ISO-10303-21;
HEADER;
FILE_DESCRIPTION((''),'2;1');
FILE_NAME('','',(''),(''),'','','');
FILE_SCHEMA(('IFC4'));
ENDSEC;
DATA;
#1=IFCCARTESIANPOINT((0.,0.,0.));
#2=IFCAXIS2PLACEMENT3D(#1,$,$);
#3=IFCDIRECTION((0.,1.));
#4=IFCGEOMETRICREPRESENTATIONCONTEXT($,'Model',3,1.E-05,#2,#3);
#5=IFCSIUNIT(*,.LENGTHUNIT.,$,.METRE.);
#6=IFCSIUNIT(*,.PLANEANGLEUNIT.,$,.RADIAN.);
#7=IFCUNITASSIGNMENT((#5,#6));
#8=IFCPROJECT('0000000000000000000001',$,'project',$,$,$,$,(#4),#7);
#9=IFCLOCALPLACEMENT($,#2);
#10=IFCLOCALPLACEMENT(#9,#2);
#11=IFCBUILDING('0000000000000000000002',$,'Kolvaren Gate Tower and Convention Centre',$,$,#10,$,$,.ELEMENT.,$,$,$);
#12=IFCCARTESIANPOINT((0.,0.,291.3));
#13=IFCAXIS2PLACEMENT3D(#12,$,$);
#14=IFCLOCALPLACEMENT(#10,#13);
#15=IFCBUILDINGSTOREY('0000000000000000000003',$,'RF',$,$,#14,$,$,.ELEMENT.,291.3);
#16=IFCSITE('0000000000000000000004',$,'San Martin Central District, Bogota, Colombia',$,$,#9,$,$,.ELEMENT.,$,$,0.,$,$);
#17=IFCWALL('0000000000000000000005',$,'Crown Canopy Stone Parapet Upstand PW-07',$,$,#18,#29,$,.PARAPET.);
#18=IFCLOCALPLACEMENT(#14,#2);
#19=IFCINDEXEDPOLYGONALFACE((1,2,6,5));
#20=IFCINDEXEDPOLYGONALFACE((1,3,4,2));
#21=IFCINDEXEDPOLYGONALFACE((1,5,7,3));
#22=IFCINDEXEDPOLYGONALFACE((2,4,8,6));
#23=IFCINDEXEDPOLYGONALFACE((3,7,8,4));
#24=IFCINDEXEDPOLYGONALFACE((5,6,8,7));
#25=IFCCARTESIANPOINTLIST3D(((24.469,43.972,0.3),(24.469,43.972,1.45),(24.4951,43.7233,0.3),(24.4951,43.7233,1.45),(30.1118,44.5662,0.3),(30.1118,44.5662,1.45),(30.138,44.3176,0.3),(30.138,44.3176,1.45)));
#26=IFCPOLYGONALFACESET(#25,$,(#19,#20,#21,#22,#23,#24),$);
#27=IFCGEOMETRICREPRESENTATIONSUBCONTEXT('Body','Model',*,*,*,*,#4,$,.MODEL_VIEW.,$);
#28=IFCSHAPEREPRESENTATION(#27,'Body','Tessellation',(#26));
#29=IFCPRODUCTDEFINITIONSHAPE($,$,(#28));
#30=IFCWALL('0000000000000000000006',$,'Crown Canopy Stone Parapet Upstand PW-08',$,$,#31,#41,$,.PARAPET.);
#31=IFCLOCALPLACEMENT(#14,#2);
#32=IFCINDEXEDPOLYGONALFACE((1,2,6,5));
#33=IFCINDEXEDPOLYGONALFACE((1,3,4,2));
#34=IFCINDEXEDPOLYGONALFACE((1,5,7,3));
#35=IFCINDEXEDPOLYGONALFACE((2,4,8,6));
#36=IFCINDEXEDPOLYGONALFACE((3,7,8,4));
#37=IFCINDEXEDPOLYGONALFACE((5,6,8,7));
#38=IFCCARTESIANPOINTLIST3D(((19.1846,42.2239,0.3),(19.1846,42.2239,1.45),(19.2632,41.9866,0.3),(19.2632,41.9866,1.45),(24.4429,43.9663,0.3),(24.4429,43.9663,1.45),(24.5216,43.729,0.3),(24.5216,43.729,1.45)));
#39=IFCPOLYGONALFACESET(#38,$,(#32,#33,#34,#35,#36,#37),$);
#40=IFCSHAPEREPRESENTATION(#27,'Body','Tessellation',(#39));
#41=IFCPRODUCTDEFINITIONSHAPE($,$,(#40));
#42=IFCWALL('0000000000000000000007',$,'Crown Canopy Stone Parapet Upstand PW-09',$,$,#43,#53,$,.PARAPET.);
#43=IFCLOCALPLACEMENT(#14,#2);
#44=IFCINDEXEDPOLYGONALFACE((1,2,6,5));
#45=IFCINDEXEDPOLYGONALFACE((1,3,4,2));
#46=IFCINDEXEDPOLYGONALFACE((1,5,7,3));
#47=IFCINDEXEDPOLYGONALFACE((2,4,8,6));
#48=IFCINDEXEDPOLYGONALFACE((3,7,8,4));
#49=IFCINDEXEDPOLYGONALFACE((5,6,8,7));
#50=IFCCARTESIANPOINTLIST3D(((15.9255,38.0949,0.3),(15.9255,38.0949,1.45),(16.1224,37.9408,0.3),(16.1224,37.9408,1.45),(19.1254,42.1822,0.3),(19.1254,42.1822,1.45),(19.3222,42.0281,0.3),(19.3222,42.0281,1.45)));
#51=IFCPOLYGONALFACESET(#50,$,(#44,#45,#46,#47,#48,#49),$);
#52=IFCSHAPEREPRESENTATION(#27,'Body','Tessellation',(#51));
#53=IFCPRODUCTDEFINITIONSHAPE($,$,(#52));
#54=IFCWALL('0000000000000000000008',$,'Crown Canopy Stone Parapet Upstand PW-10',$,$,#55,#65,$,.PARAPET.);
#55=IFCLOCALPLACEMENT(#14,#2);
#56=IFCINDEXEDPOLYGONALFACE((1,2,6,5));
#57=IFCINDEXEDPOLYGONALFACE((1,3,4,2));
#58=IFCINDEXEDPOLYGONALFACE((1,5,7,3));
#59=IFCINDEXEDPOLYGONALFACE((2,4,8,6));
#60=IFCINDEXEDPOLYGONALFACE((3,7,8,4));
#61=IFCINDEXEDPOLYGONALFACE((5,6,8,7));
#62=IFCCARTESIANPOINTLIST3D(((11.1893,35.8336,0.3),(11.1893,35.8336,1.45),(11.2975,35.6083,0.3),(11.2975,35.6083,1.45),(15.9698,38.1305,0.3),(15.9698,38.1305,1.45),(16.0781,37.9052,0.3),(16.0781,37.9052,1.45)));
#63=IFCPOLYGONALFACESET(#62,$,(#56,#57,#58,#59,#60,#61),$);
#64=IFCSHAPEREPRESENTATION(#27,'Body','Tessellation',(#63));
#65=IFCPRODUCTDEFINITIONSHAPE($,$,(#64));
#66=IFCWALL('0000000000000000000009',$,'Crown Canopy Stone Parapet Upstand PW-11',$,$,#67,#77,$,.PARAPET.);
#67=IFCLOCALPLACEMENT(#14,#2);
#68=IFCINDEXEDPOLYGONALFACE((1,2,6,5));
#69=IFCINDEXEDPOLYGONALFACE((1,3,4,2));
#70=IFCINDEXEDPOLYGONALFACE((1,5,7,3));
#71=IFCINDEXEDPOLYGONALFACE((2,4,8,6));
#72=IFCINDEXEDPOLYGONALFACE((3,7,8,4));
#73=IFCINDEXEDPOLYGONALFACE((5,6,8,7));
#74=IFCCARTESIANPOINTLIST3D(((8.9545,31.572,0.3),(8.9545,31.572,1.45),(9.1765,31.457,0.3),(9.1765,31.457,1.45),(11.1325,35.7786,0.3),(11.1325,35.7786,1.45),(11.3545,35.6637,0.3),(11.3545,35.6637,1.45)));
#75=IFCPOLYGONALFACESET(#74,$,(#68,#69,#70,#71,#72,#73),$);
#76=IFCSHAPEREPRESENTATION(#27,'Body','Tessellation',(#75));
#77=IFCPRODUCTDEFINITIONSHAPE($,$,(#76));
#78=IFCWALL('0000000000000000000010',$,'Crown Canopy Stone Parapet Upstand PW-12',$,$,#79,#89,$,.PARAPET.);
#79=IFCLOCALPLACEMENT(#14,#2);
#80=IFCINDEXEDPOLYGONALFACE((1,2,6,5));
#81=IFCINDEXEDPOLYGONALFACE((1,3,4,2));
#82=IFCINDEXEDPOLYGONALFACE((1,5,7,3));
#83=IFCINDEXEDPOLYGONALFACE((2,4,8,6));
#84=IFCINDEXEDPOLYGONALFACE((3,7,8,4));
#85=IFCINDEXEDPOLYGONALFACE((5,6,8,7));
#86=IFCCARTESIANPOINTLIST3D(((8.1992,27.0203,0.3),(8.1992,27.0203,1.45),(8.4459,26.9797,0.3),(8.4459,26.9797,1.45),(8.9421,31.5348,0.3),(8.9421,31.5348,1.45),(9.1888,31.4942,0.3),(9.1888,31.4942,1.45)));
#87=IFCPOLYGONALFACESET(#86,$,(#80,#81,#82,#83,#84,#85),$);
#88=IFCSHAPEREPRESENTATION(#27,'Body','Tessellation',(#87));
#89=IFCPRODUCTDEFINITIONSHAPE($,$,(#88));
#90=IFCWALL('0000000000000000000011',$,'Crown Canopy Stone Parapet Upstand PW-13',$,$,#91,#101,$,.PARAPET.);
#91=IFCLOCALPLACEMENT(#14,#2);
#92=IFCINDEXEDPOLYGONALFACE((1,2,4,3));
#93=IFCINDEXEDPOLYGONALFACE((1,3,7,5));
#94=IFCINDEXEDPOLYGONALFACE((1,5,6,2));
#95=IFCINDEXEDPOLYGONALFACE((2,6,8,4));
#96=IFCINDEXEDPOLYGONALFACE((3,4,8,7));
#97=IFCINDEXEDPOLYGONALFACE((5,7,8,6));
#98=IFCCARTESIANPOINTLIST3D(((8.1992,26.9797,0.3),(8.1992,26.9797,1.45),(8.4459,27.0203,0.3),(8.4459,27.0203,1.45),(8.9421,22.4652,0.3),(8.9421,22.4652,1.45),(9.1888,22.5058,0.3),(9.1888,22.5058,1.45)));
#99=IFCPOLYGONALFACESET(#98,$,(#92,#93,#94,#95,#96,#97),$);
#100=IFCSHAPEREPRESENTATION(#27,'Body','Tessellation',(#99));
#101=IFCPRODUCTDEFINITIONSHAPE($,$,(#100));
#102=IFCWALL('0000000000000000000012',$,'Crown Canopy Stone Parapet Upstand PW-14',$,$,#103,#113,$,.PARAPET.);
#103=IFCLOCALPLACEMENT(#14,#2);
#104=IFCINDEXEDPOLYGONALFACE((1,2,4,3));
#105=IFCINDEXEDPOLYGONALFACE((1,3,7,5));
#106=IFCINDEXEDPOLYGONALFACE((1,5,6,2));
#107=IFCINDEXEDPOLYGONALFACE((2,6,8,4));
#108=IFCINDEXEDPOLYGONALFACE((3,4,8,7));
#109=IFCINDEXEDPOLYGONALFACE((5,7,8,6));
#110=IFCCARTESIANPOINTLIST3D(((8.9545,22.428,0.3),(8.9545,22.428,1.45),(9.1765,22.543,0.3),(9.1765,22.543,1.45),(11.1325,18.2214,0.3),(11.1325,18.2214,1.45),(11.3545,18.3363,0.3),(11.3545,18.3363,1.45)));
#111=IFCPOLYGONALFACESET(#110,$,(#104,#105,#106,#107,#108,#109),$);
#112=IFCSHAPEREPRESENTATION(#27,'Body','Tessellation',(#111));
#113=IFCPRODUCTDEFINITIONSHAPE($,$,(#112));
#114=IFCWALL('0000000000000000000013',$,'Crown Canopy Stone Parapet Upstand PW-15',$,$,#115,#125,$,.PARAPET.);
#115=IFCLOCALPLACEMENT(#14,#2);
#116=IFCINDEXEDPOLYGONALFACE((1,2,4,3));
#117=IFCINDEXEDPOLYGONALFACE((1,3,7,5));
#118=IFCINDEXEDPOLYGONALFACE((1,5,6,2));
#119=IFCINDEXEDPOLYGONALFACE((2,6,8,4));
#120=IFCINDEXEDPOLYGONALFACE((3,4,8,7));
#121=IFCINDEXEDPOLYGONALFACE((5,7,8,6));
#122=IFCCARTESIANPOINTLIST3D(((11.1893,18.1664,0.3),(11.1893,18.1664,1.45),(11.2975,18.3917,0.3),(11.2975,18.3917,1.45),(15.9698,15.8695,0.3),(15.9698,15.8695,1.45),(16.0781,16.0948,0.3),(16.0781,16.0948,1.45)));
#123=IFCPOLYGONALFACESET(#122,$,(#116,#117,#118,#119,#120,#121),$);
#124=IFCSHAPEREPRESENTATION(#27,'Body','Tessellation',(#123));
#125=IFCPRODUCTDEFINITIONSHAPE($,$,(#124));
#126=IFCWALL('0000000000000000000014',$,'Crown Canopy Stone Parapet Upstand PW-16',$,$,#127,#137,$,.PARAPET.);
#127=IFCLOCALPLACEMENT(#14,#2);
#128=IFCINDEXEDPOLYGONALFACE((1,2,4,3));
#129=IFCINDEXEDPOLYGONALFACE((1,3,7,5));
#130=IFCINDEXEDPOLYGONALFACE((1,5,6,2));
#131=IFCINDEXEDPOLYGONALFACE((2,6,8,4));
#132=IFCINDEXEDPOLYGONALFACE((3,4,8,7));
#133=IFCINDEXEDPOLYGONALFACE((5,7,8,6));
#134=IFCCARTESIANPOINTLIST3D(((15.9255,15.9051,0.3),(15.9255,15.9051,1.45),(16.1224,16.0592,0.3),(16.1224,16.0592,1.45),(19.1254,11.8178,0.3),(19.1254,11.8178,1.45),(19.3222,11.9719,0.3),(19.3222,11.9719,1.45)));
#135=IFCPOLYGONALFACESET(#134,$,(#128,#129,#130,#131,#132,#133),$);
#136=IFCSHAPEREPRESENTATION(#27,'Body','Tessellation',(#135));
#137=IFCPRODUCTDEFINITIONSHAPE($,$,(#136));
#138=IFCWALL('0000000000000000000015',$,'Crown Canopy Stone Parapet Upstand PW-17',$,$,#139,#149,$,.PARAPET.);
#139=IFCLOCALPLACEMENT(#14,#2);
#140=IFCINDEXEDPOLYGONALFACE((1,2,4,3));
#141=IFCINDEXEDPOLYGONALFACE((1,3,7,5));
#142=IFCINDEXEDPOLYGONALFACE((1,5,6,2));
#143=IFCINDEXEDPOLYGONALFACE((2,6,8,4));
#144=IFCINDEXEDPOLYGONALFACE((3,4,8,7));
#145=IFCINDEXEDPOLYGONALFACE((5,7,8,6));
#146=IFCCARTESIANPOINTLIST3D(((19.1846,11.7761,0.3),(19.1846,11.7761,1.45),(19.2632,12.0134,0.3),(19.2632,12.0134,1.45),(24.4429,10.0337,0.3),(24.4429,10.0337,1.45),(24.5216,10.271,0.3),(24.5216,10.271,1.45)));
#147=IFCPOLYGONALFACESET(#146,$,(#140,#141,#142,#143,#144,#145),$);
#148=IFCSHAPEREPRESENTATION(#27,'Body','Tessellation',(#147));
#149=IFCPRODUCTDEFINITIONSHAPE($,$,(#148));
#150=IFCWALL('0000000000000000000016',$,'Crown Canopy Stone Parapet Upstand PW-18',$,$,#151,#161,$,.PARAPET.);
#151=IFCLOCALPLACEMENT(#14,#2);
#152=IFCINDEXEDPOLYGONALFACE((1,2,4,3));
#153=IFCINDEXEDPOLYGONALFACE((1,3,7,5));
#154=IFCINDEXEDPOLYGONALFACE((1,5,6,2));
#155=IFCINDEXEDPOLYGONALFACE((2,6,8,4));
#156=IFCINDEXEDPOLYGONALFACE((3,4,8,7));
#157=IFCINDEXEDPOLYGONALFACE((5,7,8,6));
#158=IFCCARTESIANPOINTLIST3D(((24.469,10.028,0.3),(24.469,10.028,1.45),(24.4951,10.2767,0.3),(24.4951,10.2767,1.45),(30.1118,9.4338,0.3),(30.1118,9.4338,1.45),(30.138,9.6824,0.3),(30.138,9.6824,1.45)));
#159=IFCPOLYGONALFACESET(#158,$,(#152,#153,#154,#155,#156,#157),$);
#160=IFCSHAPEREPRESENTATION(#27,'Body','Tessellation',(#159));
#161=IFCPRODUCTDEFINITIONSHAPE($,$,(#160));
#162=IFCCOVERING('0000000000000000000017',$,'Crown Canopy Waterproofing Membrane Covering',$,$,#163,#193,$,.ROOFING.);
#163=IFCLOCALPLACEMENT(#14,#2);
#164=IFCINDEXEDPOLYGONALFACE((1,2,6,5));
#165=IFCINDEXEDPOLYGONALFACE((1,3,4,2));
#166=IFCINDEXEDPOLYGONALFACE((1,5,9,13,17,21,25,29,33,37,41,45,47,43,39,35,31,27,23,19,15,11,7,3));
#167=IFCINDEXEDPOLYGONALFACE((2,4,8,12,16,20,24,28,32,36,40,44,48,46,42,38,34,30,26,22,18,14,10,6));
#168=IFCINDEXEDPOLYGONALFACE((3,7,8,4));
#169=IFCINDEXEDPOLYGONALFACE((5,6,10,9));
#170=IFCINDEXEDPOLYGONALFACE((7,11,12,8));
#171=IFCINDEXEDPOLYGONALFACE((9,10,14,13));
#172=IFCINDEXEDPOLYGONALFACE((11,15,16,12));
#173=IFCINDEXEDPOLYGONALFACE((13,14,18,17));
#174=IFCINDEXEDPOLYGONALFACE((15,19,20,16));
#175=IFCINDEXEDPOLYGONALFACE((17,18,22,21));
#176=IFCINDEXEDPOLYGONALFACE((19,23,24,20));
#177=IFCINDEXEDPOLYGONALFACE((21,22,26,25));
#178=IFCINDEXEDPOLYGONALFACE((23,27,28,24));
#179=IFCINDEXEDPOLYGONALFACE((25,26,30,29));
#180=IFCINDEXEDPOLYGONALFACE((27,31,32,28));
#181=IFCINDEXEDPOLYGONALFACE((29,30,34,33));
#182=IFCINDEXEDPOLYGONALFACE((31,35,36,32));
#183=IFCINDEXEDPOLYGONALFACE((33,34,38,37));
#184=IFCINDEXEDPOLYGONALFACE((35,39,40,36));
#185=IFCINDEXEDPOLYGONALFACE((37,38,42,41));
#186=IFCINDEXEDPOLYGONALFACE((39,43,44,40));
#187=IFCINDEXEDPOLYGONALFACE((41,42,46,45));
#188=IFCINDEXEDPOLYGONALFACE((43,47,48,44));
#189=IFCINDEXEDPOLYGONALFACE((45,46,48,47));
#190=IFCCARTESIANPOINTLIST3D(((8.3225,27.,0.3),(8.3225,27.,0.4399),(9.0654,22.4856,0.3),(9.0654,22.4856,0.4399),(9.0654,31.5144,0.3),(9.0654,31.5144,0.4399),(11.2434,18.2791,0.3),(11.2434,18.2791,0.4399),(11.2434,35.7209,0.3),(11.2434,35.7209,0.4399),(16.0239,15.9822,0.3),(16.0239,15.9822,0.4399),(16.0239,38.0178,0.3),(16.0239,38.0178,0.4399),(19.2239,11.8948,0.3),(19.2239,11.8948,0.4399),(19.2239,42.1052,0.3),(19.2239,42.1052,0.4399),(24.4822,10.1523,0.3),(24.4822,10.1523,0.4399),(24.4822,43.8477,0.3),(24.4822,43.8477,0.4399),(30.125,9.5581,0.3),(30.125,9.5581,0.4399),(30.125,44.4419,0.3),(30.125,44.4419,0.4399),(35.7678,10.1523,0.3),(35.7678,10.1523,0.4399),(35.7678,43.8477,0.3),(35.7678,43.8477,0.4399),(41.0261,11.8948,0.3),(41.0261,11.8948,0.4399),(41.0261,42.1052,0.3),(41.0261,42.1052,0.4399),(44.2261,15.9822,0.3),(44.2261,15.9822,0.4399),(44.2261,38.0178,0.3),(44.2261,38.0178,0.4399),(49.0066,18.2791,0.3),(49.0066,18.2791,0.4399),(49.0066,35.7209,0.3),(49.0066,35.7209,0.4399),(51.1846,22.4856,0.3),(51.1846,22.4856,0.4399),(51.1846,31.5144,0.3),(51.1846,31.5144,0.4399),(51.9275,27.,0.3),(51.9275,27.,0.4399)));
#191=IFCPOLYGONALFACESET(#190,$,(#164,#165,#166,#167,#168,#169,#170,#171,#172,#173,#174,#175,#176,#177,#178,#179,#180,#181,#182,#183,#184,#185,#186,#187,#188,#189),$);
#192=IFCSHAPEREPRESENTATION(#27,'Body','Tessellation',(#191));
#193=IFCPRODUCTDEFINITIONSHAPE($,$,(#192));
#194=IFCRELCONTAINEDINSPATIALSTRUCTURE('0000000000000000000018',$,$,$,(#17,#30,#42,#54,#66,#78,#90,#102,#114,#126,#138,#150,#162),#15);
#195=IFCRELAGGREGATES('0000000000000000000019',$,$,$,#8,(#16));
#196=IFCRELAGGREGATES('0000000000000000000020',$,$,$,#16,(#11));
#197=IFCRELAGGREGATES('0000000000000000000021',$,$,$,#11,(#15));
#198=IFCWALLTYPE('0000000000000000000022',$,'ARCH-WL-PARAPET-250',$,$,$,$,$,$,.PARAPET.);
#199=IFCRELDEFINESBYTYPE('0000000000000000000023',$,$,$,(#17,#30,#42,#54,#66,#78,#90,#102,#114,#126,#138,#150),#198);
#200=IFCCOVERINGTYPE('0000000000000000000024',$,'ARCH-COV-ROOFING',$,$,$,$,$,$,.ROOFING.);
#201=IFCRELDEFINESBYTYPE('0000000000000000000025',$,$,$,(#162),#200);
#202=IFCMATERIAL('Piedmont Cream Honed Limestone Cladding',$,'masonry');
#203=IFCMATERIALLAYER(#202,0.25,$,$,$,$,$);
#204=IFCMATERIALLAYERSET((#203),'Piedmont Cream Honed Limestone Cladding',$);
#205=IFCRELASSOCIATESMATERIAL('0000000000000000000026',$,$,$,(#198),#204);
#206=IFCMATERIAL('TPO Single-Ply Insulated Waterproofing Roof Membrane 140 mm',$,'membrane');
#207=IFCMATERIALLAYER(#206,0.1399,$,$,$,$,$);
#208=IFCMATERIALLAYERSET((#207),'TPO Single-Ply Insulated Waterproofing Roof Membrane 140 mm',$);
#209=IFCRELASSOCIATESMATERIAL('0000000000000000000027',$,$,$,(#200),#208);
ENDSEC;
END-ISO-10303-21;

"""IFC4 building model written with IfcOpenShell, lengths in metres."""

from ifc_helpers import new_model, si_unit, direction, frame, frame_2d, origin, place, context, subcontext, project, spatial, polyline, rectangle, outline, extrude, material, layer, layer_set, type_object, element, save


model = new_model("IFC4")

# Units and contexts
model_context = context("Model", 3, precision=1e-05, world=origin(), true_north=direction((0.0, 1.0)))
body_context = subcontext(model_context, "Body", "Model", "MODEL_VIEW")
ifc_project = project(units=[si_unit("LENGTHUNIT", "METRE"), si_unit("PLANEANGLEUNIT", "RADIAN")], contexts=[model_context])

# Site, building, storey
site_placement = place(None, origin())
site = spatial("IfcSite", under=ifc_project, at=site_placement, Name="San Martin Central District, Bogota, Colombia", CompositionType="ELEMENT", RefElevation=0.0)
building_placement = place(site_placement, origin())
building = spatial("IfcBuilding", under=site, at=building_placement, Name="Kolvaren Gate Tower and Convention Centre", CompositionType="ELEMENT")
storey_placement = place(building_placement, frame((0.0, 0.0, 291.3)))
storey = spatial("IfcBuildingStorey", under=building, at=storey_placement, Name="RF", CompositionType="ELEMENT", Elevation=291.3)

# Walls
ifc_material_1 = material(Name="Piedmont Cream Honed Limestone Cladding", Category="masonry")
ifc_layer_1 = layer(ifc_material_1, 0.25)
ifc_layer_set_1 = layer_set([ifc_layer_1], Name="Piedmont Cream Honed Limestone Cladding")
wall_type = type_object("IfcWallType", Name="ARCH-WL-PARAPET-250", PredefinedType="PARAPET", material=ifc_layer_set_1)
wall_1_placement = place(storey_placement, frame((24.4822, 43.8477, 0.3), z_axis=(0.0, 0.0, 1.0), x_axis=(0.994501, 0.10473, 0.0)))
element("IfcWall", 1, at=wall_1_placement, inside=storey, type_object=wall_type, Name="Crown Canopy Stone Parapet Upstand PW-07", PredefinedType="PARAPET", context=body_context, shape_type="SweptSolid", body=[
    extrude(rectangle(XDim=5.6741, YDim=0.25, at=frame_2d((2.8369, 0.0))), origin(), (0.0, 0.0, 1.0), 1.1499),
])
wall_2_placement = place(storey_placement, frame((19.2239, 42.1052, 0.3), z_axis=(0.0, 0.0, 1.0), x_axis=(0.949242, 0.314548, 0.0)))
element("IfcWall", 2, at=wall_2_placement, inside=storey, type_object=wall_type, Name="Crown Canopy Stone Parapet Upstand PW-08", PredefinedType="PARAPET", context=body_context, shape_type="SweptSolid", body=[
    extrude(rectangle(XDim=5.5396, YDim=0.25, at=frame_2d((2.7698, 0.0))), origin(), (0.0, 0.0, 1.0), 1.1499),
])
wall_3_placement = place(storey_placement, frame((16.0239, 38.0178, 0.3), z_axis=(0.0, 0.0, 1.0), x_axis=(0.616441, 0.787401, 0.0)))
element("IfcWall", 3, at=wall_3_placement, inside=storey, type_object=wall_type, Name="Crown Canopy Stone Parapet Upstand PW-09", PredefinedType="PARAPET", context=body_context, shape_type="SweptSolid", body=[
    extrude(rectangle(XDim=5.1909, YDim=0.25, at=frame_2d((2.5955, 0.0))), origin(), (0.0, 0.0, 1.0), 1.1499),
])
wall_4_placement = place(storey_placement, frame((11.2434, 35.7209, 0.3), z_axis=(0.0, 0.0, 1.0), x_axis=(0.901359, 0.433072, 0.0)))
element("IfcWall", 4, at=wall_4_placement, inside=storey, type_object=wall_type, Name="Crown Canopy Stone Parapet Upstand PW-10", PredefinedType="PARAPET", context=body_context, shape_type="SweptSolid", body=[
    extrude(rectangle(XDim=5.3037, YDim=0.25, at=frame_2d((2.6519, 0.0))), origin(), (0.0, 0.0, 1.0), 1.1499),
])
wall_5_placement = place(storey_placement, frame((9.0654, 31.5144, 0.3), z_axis=(0.0, 0.0, 1.0), x_axis=(0.459786, 0.88803, 0.0)))
element("IfcWall", 5, at=wall_5_placement, inside=storey, type_object=wall_type, Name="Crown Canopy Stone Parapet Upstand PW-11", PredefinedType="PARAPET", context=body_context, shape_type="SweptSolid", body=[
    extrude(rectangle(XDim=4.7371, YDim=0.25, at=frame_2d((2.3687, 0.0))), origin(), (0.0, 0.0, 1.0), 1.1499),
])
for number, where, z_axis, x_axis, name in (
    (6, (8.3225, 27.0, 0.3), (0.0, 0.0, 1.0), (0.162382, 0.986728, 0.0), "Crown Canopy Stone Parapet Upstand PW-12"),
    (7, (8.3225, 27.0, 0.3), (0.0, 0.0, 1.0), (0.162382, -0.986728, 0.0), "Crown Canopy Stone Parapet Upstand PW-13"),
):
    element("IfcWall", number, at=place(storey_placement, frame(where, z_axis=z_axis, x_axis=x_axis)), inside=storey, type_object=wall_type, Name=name, PredefinedType="PARAPET", context=body_context, shape_type="SweptSolid", body=[
        extrude(rectangle(XDim=4.5752, YDim=0.25, at=frame_2d((2.2876, 0.0))), origin(), (0.0, 0.0, 1.0), 1.1499),
    ])
wall_6_placement = place(storey_placement, frame((9.0654, 22.4856, 0.3), z_axis=(0.0, 0.0, 1.0), x_axis=(0.459786, -0.88803, 0.0)))
element("IfcWall", 8, at=wall_6_placement, inside=storey, type_object=wall_type, Name="Crown Canopy Stone Parapet Upstand PW-14", PredefinedType="PARAPET", context=body_context, shape_type="SweptSolid", body=[
    extrude(rectangle(XDim=4.7371, YDim=0.25, at=frame_2d((2.3687, 0.0))), origin(), (0.0, 0.0, 1.0), 1.1499),
])
wall_7_placement = place(storey_placement, frame((11.2434, 18.2791, 0.3), z_axis=(0.0, 0.0, 1.0), x_axis=(0.901359, -0.433072, 0.0)))
element("IfcWall", 9, at=wall_7_placement, inside=storey, type_object=wall_type, Name="Crown Canopy Stone Parapet Upstand PW-15", PredefinedType="PARAPET", context=body_context, shape_type="SweptSolid", body=[
    extrude(rectangle(XDim=5.3037, YDim=0.25, at=frame_2d((2.6519, 0.0))), origin(), (0.0, 0.0, 1.0), 1.1499),
])
wall_8_placement = place(storey_placement, frame((16.0239, 15.9822, 0.3), z_axis=(0.0, 0.0, 1.0), x_axis=(0.616441, -0.787401, 0.0)))
element("IfcWall", 10, at=wall_8_placement, inside=storey, type_object=wall_type, Name="Crown Canopy Stone Parapet Upstand PW-16", PredefinedType="PARAPET", context=body_context, shape_type="SweptSolid", body=[
    extrude(rectangle(XDim=5.1909, YDim=0.25, at=frame_2d((2.5955, 0.0))), origin(), (0.0, 0.0, 1.0), 1.1499),
])
wall_9_placement = place(storey_placement, frame((19.2239, 11.8948, 0.3), z_axis=(0.0, 0.0, 1.0), x_axis=(0.949242, -0.314548, 0.0)))
element("IfcWall", 11, at=wall_9_placement, inside=storey, type_object=wall_type, Name="Crown Canopy Stone Parapet Upstand PW-17", PredefinedType="PARAPET", context=body_context, shape_type="SweptSolid", body=[
    extrude(rectangle(XDim=5.5396, YDim=0.25, at=frame_2d((2.7698, 0.0))), origin(), (0.0, 0.0, 1.0), 1.1499),
])
wall_10_placement = place(storey_placement, frame((24.4822, 10.1523, 0.3), z_axis=(0.0, 0.0, 1.0), x_axis=(0.994501, -0.10473, 0.0)))
element("IfcWall", 12, at=wall_10_placement, inside=storey, type_object=wall_type, Name="Crown Canopy Stone Parapet Upstand PW-18", PredefinedType="PARAPET", context=body_context, shape_type="SweptSolid", body=[
    extrude(rectangle(XDim=5.6741, YDim=0.25, at=frame_2d((2.8369, 0.0))), origin(), (0.0, 0.0, 1.0), 1.1499),
])

# Covering
ifc_material_2 = material(Name="TPO Single-Ply Insulated Waterproofing Roof Membrane 140 mm", Category="membrane")
ifc_layer_2 = layer(ifc_material_2, 0.1399)
ifc_layer_set_2 = layer_set([ifc_layer_2], Name="TPO Single-Ply Insulated Waterproofing Roof Membrane 140 mm")
covering_type = type_object("IfcCoveringType", Name="ARCH-COV-ROOFING", PredefinedType="ROOFING", material=ifc_layer_set_2)
covering_placement = place(storey_placement, frame((0.0, 0.0, 0.3)))
element("IfcCovering", 13, at=covering_placement, inside=storey, type_object=covering_type, Name="Crown Canopy Waterproofing Membrane Covering", PredefinedType="ROOFING", context=body_context, shape_type="SweptSolid", body=[
    extrude(outline(polyline([(51.9275, 27.0), (51.1846, 31.5144), (49.0066, 35.7209), (44.2261, 38.0178), (41.0261, 42.1052), (35.7678, 43.8477), (30.125, 44.4419), (24.4822, 43.8477), (19.2239, 42.1052), (16.0239, 38.0178), (11.2434, 35.7209), (9.0654, 31.5144), (8.3225, 27.0), (9.0654, 22.4856), (11.2434, 18.2791), (16.0239, 15.9822), (19.2239, 11.8948), (24.4822, 10.1523), (30.125, 9.5581), (35.7678, 10.1523), (41.0261, 11.8948), (44.2261, 15.9822), (49.0066, 18.2791), (51.1846, 22.4856), (51.9275, 27.0)])), origin(), (0.0, 0.0, 1.0), 0.1399),
])

save(model, "model.ifc")
